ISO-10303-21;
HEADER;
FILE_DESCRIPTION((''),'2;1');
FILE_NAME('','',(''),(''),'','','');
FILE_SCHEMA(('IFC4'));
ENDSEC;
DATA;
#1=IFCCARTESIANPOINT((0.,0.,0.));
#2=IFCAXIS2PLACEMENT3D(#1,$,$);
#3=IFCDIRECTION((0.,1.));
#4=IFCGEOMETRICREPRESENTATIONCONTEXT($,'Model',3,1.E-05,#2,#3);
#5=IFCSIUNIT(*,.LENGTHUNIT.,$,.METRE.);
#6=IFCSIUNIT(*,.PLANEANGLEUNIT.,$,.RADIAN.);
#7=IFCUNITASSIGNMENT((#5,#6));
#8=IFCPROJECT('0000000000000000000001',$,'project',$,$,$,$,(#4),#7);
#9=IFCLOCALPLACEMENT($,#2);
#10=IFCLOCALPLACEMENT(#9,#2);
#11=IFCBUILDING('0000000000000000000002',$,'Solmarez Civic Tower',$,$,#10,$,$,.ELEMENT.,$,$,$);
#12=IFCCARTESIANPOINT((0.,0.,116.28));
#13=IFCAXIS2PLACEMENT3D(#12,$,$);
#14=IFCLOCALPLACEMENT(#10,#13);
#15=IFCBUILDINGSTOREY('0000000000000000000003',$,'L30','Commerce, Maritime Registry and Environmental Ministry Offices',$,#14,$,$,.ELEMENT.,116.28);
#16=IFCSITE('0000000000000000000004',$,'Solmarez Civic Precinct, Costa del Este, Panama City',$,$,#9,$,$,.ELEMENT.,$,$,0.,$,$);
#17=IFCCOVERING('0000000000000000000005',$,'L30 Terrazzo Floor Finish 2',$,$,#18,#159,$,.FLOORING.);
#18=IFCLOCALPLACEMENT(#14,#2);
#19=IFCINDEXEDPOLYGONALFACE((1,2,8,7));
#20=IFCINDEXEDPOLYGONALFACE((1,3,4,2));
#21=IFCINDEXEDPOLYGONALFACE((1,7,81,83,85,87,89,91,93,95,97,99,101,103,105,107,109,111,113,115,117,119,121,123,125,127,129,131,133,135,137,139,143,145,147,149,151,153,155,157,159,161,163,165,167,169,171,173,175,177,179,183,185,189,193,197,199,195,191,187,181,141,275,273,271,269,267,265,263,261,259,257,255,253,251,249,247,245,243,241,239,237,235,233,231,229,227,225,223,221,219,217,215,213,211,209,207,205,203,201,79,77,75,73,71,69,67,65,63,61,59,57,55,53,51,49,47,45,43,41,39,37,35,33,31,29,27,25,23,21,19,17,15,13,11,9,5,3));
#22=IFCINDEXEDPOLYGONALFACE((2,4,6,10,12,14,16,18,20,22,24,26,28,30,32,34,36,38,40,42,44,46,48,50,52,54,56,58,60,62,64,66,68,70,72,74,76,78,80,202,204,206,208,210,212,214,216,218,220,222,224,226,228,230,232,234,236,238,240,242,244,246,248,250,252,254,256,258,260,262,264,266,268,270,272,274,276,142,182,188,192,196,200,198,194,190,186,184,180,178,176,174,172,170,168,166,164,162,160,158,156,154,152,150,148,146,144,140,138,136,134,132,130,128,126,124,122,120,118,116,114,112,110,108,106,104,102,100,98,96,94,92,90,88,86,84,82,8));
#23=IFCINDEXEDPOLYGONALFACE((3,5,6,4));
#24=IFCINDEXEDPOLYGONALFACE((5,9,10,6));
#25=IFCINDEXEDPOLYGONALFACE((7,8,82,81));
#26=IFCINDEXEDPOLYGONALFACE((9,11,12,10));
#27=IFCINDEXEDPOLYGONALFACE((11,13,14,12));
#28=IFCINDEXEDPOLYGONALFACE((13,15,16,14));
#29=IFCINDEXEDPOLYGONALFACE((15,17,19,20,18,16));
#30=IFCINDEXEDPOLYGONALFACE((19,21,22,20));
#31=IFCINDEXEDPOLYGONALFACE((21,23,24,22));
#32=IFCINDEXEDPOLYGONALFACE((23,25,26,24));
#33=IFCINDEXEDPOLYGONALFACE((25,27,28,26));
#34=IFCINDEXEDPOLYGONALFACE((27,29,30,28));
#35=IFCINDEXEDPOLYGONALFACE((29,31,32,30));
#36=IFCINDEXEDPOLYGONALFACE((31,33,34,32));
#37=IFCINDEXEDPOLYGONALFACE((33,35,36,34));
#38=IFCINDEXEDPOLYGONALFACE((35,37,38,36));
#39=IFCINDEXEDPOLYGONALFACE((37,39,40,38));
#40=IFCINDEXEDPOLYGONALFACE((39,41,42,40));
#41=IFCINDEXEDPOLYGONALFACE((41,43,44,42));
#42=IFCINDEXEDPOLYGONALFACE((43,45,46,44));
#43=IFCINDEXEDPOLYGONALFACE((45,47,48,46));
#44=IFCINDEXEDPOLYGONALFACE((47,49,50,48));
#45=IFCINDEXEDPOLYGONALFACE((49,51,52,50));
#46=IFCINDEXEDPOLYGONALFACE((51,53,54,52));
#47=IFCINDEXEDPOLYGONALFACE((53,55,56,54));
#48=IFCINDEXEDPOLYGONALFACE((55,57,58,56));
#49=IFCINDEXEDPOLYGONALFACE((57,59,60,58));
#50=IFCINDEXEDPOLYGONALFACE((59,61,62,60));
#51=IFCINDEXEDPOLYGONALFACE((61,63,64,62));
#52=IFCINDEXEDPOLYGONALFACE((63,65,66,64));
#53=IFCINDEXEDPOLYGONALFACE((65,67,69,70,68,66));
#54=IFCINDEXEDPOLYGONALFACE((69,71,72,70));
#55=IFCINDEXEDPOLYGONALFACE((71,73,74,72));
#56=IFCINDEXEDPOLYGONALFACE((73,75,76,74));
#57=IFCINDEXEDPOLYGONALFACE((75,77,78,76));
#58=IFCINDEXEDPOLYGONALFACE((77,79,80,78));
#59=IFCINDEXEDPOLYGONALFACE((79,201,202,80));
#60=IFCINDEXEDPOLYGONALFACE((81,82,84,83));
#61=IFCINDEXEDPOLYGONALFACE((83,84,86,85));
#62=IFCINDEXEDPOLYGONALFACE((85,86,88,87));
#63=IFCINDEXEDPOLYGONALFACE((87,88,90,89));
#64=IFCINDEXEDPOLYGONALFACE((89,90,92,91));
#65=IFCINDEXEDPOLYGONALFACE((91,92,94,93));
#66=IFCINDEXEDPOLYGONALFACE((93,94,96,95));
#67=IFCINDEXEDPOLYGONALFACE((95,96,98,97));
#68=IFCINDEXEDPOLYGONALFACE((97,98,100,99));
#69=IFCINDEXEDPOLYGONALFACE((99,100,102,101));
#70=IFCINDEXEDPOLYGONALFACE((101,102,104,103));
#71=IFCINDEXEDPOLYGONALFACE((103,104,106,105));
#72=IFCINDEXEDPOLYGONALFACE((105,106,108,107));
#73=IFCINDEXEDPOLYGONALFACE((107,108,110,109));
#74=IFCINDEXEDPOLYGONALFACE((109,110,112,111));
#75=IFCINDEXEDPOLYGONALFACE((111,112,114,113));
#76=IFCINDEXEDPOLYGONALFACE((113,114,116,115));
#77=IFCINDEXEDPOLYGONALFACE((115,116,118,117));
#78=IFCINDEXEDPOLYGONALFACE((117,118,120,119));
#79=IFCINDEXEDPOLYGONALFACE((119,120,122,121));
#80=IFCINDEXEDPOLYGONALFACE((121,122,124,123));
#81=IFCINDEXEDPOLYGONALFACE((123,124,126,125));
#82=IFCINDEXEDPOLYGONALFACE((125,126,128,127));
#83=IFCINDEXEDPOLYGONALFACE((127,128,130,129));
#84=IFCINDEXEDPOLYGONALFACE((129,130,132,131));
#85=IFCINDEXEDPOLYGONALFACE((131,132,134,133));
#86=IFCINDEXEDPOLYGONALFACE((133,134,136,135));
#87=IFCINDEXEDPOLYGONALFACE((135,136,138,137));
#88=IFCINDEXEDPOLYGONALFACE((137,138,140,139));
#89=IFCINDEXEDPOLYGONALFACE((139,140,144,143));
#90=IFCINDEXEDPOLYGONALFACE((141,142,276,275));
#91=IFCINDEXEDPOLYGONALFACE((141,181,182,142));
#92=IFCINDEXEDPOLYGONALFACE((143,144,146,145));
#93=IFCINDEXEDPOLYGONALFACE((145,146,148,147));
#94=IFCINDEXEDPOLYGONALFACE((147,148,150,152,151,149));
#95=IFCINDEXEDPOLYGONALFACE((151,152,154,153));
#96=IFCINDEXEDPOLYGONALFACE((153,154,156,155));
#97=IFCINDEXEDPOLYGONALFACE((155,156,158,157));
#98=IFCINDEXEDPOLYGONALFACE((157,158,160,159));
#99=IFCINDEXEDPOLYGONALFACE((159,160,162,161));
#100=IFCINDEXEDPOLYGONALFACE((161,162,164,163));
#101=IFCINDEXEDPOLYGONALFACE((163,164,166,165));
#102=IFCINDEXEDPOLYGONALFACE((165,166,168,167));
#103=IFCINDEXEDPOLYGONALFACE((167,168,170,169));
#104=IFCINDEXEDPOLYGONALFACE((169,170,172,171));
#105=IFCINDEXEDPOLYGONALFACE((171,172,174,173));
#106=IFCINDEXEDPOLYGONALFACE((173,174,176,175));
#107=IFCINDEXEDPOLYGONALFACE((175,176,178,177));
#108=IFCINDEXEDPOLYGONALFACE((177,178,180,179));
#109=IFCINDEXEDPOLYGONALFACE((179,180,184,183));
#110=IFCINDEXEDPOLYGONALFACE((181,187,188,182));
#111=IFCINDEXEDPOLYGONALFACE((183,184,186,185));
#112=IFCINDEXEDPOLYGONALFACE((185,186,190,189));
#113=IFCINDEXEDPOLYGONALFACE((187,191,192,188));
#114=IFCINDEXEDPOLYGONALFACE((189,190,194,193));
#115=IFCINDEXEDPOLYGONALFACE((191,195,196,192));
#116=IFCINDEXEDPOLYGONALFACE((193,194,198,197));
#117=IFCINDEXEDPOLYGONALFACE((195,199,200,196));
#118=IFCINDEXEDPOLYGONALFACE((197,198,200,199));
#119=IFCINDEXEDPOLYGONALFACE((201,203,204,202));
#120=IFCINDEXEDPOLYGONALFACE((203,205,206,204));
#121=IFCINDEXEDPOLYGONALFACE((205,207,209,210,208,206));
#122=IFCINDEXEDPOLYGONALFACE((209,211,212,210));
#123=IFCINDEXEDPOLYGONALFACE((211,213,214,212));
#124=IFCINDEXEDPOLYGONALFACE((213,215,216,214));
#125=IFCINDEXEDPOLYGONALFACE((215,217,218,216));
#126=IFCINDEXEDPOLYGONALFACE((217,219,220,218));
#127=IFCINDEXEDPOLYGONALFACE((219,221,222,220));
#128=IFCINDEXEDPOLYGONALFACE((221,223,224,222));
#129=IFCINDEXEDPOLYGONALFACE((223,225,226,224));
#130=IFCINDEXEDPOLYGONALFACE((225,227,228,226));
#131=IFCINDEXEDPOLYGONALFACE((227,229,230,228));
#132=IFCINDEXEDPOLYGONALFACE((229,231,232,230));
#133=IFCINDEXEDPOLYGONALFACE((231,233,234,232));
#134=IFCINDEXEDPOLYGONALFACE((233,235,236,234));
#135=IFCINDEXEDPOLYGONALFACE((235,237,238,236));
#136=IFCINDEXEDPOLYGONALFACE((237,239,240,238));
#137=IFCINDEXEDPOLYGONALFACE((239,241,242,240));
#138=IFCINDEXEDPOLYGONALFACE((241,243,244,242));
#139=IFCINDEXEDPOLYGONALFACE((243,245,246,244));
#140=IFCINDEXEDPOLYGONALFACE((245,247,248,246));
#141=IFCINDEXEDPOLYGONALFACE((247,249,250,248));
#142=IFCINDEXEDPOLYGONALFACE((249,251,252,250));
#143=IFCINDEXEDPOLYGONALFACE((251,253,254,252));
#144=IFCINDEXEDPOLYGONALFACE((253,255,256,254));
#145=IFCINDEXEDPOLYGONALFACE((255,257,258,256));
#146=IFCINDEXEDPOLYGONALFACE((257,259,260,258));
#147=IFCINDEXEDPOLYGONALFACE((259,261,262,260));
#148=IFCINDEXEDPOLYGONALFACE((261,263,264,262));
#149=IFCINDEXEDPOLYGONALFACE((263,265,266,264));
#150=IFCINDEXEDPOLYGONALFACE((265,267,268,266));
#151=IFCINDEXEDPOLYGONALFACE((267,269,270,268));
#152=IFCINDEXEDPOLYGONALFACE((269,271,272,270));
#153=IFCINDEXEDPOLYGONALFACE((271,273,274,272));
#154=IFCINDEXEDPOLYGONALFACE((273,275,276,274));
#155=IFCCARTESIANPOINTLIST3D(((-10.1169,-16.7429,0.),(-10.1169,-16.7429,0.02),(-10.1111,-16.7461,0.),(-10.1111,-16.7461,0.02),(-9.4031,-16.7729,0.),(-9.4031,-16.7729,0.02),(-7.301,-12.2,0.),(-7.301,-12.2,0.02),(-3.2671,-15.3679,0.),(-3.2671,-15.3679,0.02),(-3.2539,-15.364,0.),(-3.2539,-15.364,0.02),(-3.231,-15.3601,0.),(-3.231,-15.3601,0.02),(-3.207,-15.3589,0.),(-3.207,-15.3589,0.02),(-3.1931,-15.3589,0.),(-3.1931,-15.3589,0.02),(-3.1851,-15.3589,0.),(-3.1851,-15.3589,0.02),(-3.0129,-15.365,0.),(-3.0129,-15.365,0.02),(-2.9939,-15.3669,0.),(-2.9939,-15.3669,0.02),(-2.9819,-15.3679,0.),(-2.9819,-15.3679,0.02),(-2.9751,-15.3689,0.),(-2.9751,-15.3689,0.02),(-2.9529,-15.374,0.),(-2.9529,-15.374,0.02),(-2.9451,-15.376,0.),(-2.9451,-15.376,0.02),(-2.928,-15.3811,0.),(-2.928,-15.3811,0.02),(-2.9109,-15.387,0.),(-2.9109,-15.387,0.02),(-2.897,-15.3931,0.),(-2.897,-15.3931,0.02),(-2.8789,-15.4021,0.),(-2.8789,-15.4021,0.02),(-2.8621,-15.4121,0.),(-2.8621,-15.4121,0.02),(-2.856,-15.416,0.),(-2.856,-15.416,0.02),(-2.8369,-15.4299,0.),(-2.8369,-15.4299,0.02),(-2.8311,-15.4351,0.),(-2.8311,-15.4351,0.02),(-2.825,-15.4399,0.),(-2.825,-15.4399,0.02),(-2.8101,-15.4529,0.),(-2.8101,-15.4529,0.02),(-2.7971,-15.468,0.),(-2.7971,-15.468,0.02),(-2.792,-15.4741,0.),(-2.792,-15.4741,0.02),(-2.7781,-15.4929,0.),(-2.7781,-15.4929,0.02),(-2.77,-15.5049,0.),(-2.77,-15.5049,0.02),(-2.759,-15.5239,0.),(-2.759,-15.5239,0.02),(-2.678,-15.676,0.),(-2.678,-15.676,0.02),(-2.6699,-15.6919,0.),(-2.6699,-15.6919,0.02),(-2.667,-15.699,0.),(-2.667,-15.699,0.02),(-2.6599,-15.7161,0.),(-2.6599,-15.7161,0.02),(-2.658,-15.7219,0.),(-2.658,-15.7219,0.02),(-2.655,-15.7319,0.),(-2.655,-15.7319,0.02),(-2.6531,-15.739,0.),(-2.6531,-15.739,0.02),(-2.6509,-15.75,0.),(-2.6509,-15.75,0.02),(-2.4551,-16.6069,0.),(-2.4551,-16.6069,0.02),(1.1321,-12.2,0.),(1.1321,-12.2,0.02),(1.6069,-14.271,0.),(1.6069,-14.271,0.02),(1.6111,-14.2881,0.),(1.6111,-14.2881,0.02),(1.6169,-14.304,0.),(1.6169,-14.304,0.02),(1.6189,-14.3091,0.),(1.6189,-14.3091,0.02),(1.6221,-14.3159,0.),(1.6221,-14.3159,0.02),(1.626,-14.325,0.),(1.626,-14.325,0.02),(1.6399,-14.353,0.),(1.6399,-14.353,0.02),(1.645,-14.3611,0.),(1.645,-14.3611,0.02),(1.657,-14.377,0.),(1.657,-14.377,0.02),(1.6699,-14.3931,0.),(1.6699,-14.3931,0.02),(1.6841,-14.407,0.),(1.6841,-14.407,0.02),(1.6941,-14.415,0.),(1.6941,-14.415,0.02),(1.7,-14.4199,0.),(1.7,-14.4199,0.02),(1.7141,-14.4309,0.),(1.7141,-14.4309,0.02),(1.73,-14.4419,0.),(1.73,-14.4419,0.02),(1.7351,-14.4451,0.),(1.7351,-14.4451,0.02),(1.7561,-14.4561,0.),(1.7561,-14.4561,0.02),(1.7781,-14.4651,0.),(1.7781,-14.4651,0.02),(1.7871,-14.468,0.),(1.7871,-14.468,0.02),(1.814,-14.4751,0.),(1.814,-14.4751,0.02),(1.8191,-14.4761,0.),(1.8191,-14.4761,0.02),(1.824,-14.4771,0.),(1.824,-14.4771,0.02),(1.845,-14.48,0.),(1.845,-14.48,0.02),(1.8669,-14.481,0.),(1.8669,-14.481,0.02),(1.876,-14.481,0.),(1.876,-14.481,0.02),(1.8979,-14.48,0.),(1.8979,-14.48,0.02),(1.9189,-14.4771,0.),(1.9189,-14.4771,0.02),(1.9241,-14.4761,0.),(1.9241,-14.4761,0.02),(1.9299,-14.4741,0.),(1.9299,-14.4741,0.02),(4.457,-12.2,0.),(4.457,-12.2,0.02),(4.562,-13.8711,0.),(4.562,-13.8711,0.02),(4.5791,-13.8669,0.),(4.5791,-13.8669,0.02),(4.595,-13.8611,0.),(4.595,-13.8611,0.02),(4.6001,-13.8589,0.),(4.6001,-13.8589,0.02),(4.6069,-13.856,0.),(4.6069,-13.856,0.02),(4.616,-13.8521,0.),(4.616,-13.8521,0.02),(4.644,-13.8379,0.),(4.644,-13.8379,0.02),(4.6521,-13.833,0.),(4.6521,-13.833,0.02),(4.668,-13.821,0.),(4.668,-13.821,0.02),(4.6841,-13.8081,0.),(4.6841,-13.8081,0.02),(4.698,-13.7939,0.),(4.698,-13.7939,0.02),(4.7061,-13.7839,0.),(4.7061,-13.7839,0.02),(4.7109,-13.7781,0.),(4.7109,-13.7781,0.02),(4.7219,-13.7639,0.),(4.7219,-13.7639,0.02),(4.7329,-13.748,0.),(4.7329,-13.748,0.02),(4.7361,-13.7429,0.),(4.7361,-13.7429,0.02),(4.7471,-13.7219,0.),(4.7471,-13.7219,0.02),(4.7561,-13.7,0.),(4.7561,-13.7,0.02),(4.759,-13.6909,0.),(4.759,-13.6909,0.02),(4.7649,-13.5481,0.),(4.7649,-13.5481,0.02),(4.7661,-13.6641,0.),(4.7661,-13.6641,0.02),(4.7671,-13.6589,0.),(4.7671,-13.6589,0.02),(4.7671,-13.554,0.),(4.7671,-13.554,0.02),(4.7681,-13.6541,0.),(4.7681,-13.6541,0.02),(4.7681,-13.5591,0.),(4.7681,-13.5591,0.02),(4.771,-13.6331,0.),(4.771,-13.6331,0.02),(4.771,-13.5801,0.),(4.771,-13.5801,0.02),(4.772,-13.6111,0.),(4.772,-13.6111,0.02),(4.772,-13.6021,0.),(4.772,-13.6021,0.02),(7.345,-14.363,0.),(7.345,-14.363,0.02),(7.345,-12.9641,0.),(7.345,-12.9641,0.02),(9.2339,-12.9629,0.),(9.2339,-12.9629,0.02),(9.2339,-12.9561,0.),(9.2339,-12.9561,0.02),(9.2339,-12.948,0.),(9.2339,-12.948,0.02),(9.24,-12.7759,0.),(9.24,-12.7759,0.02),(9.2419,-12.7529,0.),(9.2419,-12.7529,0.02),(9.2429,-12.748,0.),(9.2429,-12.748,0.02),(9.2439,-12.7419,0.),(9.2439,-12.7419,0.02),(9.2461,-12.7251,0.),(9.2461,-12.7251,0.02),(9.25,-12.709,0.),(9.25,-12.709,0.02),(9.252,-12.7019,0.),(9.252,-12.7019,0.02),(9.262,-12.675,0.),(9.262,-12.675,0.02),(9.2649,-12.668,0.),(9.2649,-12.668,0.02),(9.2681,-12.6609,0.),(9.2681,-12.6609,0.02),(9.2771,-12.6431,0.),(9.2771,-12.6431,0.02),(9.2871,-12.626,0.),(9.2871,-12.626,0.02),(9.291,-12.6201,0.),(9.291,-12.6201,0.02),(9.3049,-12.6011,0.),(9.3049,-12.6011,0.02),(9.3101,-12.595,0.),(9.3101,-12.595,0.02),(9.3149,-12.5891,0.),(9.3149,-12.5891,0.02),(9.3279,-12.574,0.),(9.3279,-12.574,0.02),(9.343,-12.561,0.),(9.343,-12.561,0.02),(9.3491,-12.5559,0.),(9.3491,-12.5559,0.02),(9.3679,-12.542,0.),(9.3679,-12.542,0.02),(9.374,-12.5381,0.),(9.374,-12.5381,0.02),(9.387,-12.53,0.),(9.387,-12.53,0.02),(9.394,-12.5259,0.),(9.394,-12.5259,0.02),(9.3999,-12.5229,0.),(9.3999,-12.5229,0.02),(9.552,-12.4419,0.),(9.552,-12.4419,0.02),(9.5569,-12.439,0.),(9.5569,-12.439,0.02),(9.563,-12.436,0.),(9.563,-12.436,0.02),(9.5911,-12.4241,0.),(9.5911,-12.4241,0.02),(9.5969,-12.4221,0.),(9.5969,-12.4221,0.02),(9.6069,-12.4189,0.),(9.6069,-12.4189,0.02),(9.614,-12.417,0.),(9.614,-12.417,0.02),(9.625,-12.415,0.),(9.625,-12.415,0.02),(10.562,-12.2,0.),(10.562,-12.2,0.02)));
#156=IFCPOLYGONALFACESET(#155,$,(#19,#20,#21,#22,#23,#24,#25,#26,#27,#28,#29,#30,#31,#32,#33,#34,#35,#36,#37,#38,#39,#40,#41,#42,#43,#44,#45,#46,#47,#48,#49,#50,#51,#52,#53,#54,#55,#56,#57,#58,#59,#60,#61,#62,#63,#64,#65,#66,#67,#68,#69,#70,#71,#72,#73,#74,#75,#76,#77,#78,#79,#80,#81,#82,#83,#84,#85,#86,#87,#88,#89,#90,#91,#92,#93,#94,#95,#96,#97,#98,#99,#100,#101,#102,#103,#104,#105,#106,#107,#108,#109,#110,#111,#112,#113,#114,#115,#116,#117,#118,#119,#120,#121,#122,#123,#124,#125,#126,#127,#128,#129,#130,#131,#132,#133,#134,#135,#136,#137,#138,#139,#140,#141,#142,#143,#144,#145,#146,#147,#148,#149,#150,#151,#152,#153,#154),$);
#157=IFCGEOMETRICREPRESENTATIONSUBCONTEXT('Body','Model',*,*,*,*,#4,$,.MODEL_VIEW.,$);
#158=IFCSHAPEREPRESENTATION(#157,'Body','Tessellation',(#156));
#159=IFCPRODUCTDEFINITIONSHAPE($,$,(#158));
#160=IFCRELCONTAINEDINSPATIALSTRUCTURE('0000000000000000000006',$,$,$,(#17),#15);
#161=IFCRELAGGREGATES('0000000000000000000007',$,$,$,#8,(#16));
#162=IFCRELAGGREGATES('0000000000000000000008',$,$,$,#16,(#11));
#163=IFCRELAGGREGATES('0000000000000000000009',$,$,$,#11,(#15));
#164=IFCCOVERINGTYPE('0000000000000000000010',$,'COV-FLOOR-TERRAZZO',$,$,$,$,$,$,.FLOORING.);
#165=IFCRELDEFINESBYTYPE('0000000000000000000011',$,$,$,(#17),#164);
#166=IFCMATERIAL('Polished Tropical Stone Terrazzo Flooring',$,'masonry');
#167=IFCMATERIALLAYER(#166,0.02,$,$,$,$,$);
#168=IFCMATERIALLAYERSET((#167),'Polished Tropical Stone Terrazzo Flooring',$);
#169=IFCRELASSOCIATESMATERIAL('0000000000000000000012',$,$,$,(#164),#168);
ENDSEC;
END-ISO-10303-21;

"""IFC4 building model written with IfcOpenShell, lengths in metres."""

from ifc_helpers import new_model, si_unit, direction, frame, origin, place, context, subcontext, project, spatial, polyline, outline, extrude, material, layer, layer_set, type_object, element, save


model = new_model("IFC4")

# Units and contexts
model_context = context("Model", 3, precision=1e-05, world=origin(), true_north=direction((0.0, 1.0)))
body_context = subcontext(model_context, "Body", "Model", "MODEL_VIEW")
ifc_project = project(units=[si_unit("LENGTHUNIT", "METRE"), si_unit("PLANEANGLEUNIT", "RADIAN")], contexts=[model_context])

# Site, building, storey
site_placement = place(None, origin())
site = spatial("IfcSite", under=ifc_project, at=site_placement, Name="Solmarez Civic Precinct, Costa del Este, Panama City", CompositionType="ELEMENT", RefElevation=0.0)
building_placement = place(site_placement, origin())
building = spatial("IfcBuilding", under=site, at=building_placement, Name="Solmarez Civic Tower", CompositionType="ELEMENT")
storey_placement = place(building_placement, frame((0.0, 0.0, 116.28)))
storey = spatial("IfcBuildingStorey", under=building, at=storey_placement, Name="L30", Description="Commerce, Maritime Registry and Environmental Ministry Offices", CompositionType="ELEMENT", Elevation=116.28)

# Covering
ifc_material_1 = material(Name="Polished Tropical Stone Terrazzo Flooring", Category="masonry")
ifc_layer_1 = layer(ifc_material_1, 0.02)
ifc_layer_set_1 = layer_set([ifc_layer_1], Name="Polished Tropical Stone Terrazzo Flooring")
covering_type_1 = type_object("IfcCoveringType", Name="COV-FLOOR-TERRAZZO", PredefinedType="FLOORING", material=ifc_layer_set_1)
covering_1_placement = place(storey_placement, origin())
element("IfcCovering", 1, at=covering_1_placement, inside=storey, type_object=covering_type_1, Name="L30 Terrazzo Floor Finish 2", PredefinedType="FLOORING", context=body_context, shape_type="SweptSolid", body=[
    extrude(outline(polyline([(-3.2671, -15.3679), (-3.2539, -15.364), (-3.231, -15.3601), (-3.207, -15.3589), (-3.1931, -15.3589), (-3.1851, -15.3589), (-3.0129, -15.365), (-2.9939, -15.3669), (-2.9819, -15.3679), (-2.9751, -15.3689), (-2.9529, -15.374), (-2.9451, -15.376), (-2.928, -15.3811), (-2.9109, -15.387), (-2.897, -15.3931), (-2.8789, -15.4021), (-2.8621, -15.4121), (-2.856, -15.416), (-2.8369, -15.4299), (-2.8311, -15.4351), (-2.825, -15.4399), (-2.8101, -15.4529), (-2.7971, -15.468), (-2.792, -15.4741), (-2.7781, -15.4929), (-2.77, -15.5049), (-2.759, -15.5239), (-2.678, -15.676), (-2.6699, -15.6919), (-2.667, -15.699), (-2.6599, -15.7161), (-2.658, -15.7219), (-2.655, -15.7319), (-2.6531, -15.739), (-2.6509, -15.75), (-2.4551, -16.6069), (7.345, -14.363), (7.345, -12.9641), (9.2339, -12.9629), (9.2339, -12.9561), (9.2339, -12.948), (9.24, -12.7759), (9.2419, -12.7529), (9.2429, -12.748), (9.2439, -12.7419), (9.2461, -12.7251), (9.25, -12.709), (9.252, -12.7019), (9.262, -12.675), (9.2649, -12.668), (9.2681, -12.6609), (9.2771, -12.6431), (9.2871, -12.626), (9.291, -12.6201), (9.3049, -12.6011), (9.3101, -12.595), (9.3149, -12.5891), (9.3279, -12.574), (9.343, -12.561), (9.3491, -12.5559), (9.3679, -12.542), (9.374, -12.5381), (9.387, -12.53), (9.394, -12.5259), (9.3999, -12.5229), (9.552, -12.4419), (9.5569, -12.439), (9.563, -12.436), (9.5911, -12.4241), (9.5969, -12.4221), (9.6069, -12.4189), (9.614, -12.417), (9.625, -12.415), (10.562, -12.2), (4.457, -12.2), (4.7649, -13.5481), (4.7671, -13.554), (4.7681, -13.5591), (4.771, -13.5801), (4.772, -13.6021), (4.772, -13.6111), (4.771, -13.6331), (4.7681, -13.6541), (4.7671, -13.6589), (4.7661, -13.6641), (4.759, -13.6909), (4.7561, -13.7), (4.7471, -13.7219), (4.7361, -13.7429), (4.7329, -13.748), (4.7219, -13.7639), (4.7109, -13.7781), (4.7061, -13.7839), (4.698, -13.7939), (4.6841, -13.8081), (4.668, -13.821), (4.6521, -13.833), (4.644, -13.8379), (4.616, -13.8521), (4.6069, -13.856), (4.6001, -13.8589), (4.595, -13.8611), (4.5791, -13.8669), (4.562, -13.8711), (1.9299, -14.4741), (1.9241, -14.4761), (1.9189, -14.4771), (1.8979, -14.48), (1.876, -14.481), (1.8669, -14.481), (1.845, -14.48), (1.824, -14.4771), (1.8191, -14.4761), (1.814, -14.4751), (1.7871, -14.468), (1.7781, -14.4651), (1.7561, -14.4561), (1.7351, -14.4451), (1.73, -14.4419), (1.7141, -14.4309), (1.7, -14.4199), (1.6941, -14.415), (1.6841, -14.407), (1.6699, -14.3931), (1.657, -14.377), (1.645, -14.3611), (1.6399, -14.353), (1.626, -14.325), (1.6221, -14.3159), (1.6189, -14.3091), (1.6169, -14.304), (1.6111, -14.2881), (1.6069, -14.271), (1.1321, -12.2), (-7.301, -12.2), (-10.1169, -16.7429), (-10.1111, -16.7461), (-9.4031, -16.7729), (-3.2671, -15.3679)])), origin(), (0.0, 0.0, 1.0), 0.02),
])

save(model, "model.ifc")
